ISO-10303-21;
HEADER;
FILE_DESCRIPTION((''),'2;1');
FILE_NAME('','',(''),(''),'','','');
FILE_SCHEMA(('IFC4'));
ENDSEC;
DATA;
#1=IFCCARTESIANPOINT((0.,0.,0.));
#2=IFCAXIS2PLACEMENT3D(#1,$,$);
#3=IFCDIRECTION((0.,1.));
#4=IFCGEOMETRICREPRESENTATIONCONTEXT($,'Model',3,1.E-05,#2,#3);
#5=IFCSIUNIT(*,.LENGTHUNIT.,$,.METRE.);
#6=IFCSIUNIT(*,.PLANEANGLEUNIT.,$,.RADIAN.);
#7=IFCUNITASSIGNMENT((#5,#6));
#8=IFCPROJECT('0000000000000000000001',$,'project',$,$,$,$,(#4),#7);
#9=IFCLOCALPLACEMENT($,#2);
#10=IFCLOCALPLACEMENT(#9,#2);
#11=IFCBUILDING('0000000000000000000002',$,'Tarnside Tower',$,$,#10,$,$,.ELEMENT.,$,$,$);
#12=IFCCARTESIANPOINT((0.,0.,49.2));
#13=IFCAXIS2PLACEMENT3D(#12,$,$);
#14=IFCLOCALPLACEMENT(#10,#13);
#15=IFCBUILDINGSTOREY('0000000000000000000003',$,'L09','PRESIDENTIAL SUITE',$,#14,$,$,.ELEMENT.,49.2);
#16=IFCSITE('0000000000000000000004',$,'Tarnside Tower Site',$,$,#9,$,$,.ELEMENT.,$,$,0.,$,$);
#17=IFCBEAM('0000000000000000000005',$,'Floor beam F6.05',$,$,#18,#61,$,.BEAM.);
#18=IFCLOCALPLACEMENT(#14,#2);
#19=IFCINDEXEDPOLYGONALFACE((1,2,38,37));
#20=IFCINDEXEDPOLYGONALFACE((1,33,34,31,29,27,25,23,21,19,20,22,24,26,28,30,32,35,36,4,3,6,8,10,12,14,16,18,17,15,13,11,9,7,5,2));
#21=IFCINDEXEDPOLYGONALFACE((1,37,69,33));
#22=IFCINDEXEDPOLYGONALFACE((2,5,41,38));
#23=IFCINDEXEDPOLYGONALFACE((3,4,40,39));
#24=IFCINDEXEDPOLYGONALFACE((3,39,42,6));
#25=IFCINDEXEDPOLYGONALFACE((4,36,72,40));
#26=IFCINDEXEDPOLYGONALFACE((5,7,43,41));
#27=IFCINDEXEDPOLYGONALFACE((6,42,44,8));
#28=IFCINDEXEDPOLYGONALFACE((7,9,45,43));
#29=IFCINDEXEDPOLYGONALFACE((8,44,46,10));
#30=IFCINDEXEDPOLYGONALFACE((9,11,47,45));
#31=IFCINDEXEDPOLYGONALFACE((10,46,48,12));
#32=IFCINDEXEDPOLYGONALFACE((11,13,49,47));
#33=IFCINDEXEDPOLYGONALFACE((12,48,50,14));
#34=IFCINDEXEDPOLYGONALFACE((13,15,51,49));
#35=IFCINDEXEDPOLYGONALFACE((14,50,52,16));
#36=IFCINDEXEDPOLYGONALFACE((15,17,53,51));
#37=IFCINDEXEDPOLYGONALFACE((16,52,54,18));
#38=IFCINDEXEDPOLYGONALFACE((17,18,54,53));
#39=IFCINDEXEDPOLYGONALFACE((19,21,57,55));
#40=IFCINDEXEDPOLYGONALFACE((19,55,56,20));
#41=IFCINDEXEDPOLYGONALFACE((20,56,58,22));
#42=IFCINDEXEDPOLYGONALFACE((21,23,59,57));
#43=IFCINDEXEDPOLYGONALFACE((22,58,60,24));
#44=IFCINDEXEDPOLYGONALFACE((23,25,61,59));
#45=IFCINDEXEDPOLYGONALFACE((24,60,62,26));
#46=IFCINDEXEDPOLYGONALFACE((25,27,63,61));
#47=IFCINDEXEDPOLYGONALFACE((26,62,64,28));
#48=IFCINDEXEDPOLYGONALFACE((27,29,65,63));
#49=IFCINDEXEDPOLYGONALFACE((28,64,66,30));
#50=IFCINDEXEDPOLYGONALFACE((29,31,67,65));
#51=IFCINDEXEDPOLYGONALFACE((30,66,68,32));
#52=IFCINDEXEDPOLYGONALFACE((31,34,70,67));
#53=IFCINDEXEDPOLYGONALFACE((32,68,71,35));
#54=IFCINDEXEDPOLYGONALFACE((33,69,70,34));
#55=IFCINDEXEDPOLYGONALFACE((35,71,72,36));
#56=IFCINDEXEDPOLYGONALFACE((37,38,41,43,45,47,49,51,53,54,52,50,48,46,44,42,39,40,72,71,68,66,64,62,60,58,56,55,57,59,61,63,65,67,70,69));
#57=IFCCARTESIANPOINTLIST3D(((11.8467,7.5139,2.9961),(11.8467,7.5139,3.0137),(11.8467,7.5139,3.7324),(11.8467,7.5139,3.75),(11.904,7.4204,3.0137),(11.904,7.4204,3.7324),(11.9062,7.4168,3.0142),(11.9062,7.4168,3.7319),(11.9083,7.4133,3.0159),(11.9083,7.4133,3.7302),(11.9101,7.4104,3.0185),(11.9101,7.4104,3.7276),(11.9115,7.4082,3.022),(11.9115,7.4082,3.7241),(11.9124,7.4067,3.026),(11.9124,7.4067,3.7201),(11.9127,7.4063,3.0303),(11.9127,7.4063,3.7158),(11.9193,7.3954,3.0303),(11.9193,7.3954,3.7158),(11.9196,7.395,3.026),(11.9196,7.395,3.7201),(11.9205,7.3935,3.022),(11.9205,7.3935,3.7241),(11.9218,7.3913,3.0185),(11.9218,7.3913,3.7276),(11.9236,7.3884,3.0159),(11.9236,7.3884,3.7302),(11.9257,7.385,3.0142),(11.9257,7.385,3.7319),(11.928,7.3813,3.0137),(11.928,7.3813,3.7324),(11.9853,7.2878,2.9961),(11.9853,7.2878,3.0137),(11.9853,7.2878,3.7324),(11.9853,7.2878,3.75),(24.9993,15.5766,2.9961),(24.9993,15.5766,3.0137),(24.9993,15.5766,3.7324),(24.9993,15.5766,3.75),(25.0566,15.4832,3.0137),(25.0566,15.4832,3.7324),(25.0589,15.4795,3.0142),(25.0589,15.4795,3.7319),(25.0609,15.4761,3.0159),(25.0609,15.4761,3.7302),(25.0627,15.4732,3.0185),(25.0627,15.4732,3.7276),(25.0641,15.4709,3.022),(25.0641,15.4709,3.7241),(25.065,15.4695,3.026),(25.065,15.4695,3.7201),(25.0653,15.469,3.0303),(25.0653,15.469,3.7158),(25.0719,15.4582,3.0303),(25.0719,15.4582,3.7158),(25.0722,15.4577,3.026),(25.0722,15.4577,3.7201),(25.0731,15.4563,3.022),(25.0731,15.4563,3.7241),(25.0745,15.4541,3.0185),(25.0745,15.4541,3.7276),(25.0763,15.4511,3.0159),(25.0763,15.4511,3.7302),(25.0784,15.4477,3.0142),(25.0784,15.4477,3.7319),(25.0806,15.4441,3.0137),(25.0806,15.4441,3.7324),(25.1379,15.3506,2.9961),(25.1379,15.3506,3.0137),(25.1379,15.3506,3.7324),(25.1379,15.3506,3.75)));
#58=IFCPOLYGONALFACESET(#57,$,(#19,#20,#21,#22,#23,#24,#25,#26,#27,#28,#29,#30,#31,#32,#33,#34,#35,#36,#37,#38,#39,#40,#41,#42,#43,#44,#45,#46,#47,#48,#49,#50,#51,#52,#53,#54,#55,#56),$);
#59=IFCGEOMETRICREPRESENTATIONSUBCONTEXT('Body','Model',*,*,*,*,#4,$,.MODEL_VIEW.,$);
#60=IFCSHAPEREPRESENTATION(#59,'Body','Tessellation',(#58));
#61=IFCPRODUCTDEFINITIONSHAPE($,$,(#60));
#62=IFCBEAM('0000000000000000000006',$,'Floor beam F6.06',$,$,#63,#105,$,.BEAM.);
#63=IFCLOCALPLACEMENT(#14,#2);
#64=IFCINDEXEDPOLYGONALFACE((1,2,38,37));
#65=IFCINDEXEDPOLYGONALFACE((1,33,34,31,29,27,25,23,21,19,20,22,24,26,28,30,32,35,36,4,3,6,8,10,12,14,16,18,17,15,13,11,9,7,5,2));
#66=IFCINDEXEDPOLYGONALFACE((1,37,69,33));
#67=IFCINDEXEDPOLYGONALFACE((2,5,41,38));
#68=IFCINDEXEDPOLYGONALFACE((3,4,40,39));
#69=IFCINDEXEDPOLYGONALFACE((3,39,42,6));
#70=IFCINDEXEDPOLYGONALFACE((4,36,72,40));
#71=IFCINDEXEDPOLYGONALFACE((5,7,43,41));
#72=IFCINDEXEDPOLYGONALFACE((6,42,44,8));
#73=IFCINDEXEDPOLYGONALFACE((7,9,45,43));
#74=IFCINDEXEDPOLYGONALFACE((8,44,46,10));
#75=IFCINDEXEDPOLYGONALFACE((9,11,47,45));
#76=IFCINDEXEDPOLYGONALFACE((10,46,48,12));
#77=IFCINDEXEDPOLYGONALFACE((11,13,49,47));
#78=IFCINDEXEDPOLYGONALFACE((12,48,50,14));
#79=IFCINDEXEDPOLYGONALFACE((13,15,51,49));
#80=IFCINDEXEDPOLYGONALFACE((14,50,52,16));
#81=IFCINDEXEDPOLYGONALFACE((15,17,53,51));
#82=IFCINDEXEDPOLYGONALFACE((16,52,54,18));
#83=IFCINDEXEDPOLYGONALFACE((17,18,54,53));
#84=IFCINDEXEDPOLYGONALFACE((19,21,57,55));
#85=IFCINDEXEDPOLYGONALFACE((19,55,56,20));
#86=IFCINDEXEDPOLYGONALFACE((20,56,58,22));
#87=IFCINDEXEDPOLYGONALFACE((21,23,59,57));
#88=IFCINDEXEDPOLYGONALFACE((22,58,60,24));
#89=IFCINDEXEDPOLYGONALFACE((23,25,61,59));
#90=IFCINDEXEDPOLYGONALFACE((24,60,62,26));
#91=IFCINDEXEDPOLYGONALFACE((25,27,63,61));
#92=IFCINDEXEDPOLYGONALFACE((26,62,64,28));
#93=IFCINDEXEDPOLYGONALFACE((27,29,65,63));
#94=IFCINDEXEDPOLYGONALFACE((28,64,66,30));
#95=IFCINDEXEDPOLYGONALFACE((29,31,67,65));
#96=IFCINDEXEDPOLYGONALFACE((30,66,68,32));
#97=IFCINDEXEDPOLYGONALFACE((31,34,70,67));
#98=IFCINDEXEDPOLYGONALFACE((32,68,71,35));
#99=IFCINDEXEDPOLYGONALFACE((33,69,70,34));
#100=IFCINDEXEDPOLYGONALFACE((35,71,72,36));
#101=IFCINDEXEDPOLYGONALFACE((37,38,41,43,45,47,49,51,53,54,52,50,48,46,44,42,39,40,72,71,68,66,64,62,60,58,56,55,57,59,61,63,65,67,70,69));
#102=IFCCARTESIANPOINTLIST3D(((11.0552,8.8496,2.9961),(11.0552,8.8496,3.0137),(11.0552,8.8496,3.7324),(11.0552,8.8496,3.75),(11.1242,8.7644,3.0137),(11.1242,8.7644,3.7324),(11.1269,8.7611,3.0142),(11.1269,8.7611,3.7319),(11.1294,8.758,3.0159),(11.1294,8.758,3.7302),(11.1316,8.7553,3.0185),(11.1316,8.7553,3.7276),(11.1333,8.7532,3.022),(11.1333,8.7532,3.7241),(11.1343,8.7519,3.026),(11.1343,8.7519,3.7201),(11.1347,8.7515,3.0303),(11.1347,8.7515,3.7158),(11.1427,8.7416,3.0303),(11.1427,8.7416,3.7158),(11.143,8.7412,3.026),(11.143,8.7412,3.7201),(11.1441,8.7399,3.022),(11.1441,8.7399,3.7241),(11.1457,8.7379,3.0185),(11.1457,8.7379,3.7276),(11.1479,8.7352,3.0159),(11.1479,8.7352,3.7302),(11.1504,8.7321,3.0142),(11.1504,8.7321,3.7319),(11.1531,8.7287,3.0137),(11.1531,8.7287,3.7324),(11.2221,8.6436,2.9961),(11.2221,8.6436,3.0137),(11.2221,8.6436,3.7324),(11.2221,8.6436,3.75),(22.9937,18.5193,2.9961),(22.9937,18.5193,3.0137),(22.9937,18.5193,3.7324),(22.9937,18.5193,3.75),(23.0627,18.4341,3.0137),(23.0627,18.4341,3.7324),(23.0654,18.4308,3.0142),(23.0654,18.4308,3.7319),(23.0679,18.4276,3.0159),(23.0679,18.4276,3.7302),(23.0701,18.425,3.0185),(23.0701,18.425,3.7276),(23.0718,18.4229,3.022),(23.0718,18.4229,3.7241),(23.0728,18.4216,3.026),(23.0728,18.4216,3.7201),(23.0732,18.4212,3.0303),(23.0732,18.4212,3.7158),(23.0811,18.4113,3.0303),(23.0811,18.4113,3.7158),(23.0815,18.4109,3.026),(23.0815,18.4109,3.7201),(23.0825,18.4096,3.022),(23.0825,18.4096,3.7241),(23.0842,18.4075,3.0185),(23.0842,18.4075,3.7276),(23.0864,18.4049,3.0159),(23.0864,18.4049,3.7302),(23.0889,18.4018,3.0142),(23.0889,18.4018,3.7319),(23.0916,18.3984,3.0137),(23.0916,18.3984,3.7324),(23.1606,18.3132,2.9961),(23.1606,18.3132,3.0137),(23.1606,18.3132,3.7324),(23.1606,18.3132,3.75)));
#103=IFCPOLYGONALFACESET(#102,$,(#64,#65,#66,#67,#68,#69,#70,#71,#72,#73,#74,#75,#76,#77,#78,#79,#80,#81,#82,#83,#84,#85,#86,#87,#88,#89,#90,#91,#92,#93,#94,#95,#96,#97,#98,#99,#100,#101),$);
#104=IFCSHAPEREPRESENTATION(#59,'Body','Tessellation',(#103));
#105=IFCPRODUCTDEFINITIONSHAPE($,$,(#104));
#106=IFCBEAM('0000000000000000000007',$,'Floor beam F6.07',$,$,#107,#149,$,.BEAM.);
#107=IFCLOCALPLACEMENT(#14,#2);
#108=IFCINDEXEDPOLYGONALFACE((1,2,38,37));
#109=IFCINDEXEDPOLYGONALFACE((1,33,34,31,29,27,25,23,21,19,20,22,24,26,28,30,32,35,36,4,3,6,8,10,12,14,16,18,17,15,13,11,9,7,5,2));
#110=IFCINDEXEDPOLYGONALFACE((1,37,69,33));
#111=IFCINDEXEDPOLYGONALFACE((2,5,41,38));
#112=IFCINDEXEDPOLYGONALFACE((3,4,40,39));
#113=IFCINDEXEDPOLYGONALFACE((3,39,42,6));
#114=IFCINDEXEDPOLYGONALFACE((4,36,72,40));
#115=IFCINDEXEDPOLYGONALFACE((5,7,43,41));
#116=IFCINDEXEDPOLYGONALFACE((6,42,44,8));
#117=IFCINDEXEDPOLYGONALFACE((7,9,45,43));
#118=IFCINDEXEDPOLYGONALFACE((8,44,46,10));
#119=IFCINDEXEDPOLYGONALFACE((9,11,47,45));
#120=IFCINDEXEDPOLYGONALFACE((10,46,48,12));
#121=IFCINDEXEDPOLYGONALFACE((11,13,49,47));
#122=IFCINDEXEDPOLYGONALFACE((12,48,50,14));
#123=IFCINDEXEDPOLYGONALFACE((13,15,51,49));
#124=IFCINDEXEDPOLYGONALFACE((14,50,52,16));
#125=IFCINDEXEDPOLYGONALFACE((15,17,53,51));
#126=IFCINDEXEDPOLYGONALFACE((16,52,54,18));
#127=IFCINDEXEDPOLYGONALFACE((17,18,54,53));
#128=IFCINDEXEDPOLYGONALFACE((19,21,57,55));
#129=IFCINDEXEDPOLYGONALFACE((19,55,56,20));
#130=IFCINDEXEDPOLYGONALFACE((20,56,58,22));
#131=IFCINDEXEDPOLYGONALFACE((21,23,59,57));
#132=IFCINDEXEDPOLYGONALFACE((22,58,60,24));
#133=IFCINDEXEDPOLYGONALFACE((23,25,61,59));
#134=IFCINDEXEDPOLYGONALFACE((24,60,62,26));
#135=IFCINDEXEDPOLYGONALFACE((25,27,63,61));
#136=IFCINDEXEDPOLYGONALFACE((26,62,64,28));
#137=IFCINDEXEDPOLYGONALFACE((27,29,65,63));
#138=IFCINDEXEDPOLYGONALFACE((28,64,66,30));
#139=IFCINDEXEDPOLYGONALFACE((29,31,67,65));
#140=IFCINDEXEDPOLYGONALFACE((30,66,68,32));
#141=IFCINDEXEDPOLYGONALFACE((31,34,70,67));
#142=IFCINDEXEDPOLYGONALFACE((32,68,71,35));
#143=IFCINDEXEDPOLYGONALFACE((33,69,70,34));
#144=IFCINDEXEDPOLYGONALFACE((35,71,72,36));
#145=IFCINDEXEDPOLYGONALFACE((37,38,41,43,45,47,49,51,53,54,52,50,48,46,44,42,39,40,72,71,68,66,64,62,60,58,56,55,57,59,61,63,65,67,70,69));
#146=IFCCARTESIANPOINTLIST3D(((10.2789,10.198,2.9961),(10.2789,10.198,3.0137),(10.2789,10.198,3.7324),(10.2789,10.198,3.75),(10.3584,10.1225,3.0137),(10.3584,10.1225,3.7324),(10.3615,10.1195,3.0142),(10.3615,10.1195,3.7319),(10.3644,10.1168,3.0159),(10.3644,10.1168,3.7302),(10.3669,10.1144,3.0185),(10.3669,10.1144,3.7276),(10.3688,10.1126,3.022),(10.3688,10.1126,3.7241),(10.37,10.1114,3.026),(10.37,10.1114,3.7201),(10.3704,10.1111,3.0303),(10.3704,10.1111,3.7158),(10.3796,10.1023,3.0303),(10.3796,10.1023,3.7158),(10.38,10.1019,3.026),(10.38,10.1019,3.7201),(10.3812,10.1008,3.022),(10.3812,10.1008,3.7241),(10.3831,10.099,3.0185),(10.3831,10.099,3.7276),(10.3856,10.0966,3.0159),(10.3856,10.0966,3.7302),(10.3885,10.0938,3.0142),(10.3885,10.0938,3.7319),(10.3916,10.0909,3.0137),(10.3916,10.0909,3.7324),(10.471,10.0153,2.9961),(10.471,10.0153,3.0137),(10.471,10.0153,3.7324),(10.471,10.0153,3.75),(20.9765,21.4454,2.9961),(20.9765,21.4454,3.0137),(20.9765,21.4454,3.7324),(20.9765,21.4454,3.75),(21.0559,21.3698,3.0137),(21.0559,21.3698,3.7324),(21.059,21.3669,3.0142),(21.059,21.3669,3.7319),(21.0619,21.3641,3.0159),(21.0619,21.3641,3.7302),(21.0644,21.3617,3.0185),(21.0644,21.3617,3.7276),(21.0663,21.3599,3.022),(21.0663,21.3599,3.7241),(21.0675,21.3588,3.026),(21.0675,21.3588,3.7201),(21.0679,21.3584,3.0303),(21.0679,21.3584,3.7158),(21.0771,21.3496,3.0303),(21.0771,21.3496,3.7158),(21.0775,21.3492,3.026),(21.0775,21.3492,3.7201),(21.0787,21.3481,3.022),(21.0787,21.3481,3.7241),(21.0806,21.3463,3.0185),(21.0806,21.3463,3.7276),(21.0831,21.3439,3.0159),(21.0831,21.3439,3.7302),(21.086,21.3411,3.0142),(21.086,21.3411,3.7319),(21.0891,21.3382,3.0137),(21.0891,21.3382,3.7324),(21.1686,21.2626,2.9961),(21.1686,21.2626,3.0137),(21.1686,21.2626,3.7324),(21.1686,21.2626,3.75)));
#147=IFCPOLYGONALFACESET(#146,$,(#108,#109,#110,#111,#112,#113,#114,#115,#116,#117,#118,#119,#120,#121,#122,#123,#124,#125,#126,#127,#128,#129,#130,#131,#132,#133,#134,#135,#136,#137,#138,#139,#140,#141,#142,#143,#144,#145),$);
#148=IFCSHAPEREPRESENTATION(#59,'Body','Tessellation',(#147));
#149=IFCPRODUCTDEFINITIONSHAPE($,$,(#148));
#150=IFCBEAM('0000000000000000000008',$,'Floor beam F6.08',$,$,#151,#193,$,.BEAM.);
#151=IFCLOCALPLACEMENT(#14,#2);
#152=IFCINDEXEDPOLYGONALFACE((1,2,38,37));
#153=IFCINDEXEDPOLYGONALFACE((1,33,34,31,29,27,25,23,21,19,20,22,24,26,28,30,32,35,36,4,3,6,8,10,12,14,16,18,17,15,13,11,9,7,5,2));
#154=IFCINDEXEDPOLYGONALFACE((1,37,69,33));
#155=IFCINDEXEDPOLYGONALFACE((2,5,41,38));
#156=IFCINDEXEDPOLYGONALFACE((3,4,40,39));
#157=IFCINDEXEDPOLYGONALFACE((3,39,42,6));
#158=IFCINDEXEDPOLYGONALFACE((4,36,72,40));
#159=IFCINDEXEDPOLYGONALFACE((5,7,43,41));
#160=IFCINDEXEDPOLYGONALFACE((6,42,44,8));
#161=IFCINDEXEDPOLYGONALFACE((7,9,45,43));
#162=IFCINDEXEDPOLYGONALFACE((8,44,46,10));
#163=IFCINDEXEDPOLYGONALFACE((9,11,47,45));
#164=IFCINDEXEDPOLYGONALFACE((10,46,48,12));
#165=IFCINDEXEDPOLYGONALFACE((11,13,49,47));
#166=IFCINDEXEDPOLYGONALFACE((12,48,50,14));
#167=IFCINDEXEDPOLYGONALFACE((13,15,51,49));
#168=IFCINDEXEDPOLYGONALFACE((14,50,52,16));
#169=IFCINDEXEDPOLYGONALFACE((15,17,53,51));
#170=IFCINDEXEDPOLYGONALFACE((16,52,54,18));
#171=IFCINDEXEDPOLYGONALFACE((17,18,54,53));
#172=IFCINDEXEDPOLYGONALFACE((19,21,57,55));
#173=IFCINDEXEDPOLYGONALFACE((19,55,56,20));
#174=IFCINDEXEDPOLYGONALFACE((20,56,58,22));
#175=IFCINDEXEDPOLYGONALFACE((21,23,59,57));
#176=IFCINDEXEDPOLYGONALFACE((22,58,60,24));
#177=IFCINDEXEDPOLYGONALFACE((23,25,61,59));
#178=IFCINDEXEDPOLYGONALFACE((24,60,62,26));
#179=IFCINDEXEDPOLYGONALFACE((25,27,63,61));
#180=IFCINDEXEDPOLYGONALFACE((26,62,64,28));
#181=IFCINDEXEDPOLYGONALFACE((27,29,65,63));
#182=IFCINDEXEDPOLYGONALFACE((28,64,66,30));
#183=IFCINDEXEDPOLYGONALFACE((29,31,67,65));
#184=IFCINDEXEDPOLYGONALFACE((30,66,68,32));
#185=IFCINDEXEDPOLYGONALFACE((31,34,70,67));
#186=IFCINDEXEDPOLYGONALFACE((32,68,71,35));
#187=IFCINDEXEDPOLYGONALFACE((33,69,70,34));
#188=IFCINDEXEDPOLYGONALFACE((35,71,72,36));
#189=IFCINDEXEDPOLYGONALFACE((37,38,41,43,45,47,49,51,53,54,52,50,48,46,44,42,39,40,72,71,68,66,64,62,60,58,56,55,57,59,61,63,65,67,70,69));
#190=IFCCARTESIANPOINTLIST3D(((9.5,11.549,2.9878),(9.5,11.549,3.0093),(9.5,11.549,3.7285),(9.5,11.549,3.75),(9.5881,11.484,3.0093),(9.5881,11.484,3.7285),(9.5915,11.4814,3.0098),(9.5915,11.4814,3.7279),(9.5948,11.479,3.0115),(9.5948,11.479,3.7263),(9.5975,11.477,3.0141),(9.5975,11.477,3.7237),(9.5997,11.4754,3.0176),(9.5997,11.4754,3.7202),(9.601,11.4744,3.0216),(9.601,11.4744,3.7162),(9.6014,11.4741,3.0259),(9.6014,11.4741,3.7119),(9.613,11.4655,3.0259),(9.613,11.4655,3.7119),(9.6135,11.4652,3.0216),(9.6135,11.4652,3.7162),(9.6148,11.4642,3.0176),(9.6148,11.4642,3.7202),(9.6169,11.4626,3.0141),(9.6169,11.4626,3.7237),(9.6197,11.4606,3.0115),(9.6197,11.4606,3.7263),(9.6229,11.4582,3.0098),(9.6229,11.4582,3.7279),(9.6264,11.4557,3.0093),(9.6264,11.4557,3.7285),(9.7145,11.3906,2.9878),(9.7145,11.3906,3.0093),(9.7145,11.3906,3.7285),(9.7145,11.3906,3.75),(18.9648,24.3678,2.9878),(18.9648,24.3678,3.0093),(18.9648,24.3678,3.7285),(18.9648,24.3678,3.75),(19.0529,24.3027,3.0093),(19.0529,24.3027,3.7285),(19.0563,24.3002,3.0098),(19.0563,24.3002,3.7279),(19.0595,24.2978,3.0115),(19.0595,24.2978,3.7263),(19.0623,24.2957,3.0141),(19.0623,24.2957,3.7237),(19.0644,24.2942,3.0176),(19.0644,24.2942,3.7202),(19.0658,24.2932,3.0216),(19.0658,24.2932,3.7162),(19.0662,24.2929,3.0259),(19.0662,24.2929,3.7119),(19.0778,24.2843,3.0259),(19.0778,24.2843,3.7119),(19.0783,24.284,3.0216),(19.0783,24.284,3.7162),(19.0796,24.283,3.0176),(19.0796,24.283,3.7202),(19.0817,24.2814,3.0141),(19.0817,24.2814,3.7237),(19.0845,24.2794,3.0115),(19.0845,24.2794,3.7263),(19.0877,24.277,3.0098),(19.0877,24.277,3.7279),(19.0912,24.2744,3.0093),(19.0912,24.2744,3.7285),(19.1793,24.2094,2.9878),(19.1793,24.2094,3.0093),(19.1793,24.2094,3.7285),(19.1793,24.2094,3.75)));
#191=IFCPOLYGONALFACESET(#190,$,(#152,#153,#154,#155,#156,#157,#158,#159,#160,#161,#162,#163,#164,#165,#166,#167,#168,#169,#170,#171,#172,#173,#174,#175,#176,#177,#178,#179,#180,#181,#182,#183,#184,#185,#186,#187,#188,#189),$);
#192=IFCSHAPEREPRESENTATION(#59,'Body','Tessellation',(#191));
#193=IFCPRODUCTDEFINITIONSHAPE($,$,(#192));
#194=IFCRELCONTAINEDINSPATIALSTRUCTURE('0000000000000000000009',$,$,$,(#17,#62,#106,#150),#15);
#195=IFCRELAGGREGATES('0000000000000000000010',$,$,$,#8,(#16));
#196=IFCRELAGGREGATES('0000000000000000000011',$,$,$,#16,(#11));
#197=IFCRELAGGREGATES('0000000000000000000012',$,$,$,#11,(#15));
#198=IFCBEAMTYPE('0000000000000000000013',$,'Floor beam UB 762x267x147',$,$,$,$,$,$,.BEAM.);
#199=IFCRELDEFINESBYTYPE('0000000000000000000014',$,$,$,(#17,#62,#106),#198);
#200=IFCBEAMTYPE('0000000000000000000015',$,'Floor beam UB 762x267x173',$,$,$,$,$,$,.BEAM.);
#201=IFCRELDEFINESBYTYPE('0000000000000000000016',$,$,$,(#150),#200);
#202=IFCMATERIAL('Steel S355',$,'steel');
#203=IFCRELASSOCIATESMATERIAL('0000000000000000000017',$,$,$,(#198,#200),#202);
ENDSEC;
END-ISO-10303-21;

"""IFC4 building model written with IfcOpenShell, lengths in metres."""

from ifc_helpers import new_model, si_unit, direction, frame, origin, origin_2d, place, context, subcontext, project, spatial, i_section, extrude, material, material_profile, profile_set, type_object, element, save


model = new_model("IFC4")

# Units and contexts
model_context = context("Model", 3, precision=1e-05, world=origin(), true_north=direction((0.0, 1.0)))
body_context = subcontext(model_context, "Body", "Model", "MODEL_VIEW")
ifc_project = project(units=[si_unit("LENGTHUNIT", "METRE"), si_unit("PLANEANGLEUNIT", "RADIAN")], contexts=[model_context])

# Site, building, storey
site_placement = place(None, origin())
site = spatial("IfcSite", under=ifc_project, at=site_placement, Name="Tarnside Tower Site", CompositionType="ELEMENT", RefElevation=0.0)
building_placement = place(site_placement, origin())
building = spatial("IfcBuilding", under=site, at=building_placement, Name="Tarnside Tower", CompositionType="ELEMENT")
storey_placement = place(building_placement, frame((0.0, 0.0, 49.2)))
storey = spatial("IfcBuildingStorey", under=building, at=storey_placement, Name="L09", Description="PRESIDENTIAL SUITE", CompositionType="ELEMENT", Elevation=49.2)

# Beams
ifc_material_1 = material(Name="Steel S355", Category="steel")
ifc_material_profile_1 = material_profile(ifc_material_1, i_section(OverallWidth=0.2651, OverallDepth=0.7539, WebThickness=0.0127, FlangeThickness=0.0176, FilletRadius=0.0166, at=origin_2d()), Name="UB 762x267x147")
ifc_profile_set_1 = profile_set([ifc_material_profile_1], Name="Steel S355")
beam_type_1 = type_object("IfcBeamType", Name="Floor beam UB 762x267x147", PredefinedType="BEAM", material=ifc_profile_set_1)
beam_1_placement = place(storey_placement, frame((25.0686, 15.4636, 3.373), z_axis=(-0.852558, -0.522632, 0.0), x_axis=(0.522632, -0.852558, 0.0)))
element("IfcBeam", 1, at=beam_1_placement, inside=storey, type_object=beam_type_1, Name="Floor beam F6.05", PredefinedType="BEAM", context=body_context, shape_type="SweptSolid", body=[
    extrude(i_section(OverallWidth=0.2651, OverallDepth=0.7539, WebThickness=0.0127, FlangeThickness=0.0176, FilletRadius=0.0166, at=origin_2d()), origin(), (0.0, 0.0, 1.0), 15.4272),
])
beam_2_placement = place(storey_placement, frame((23.0771, 18.4163, 3.373), z_axis=(-0.777079, -0.629403, 0.0), x_axis=(0.629403, -0.777079, 0.0)))
element("IfcBeam", 2, at=beam_2_placement, inside=storey, type_object=beam_type_1, Name="Floor beam F6.06", PredefinedType="BEAM", context=body_context, shape_type="SweptSolid", body=[
    extrude(i_section(OverallWidth=0.2651, OverallDepth=0.7539, WebThickness=0.0127, FlangeThickness=0.0176, FilletRadius=0.0166, at=origin_2d()), origin(), (0.0, 0.0, 1.0), 15.3633),
])
beam_3_placement = place(storey_placement, frame((21.0725, 21.354, 3.373), z_axis=(-0.689175, -0.724595, 0.0), x_axis=(0.724595, -0.689175, 0.0)))
element("IfcBeam", 3, at=beam_3_placement, inside=storey, type_object=beam_type_1, Name="Floor beam F6.07", PredefinedType="BEAM", context=body_context, shape_type="SweptSolid", body=[
    extrude(i_section(OverallWidth=0.2651, OverallDepth=0.7539, WebThickness=0.0127, FlangeThickness=0.0176, FilletRadius=0.0166, at=origin_2d()), origin(), (0.0, 0.0, 1.0), 15.5222),
])
ifc_material_profile_2 = material_profile(ifc_material_1, i_section(OverallWidth=0.2666, OverallDepth=0.7622, WebThickness=0.0144, FlangeThickness=0.0215, FilletRadius=0.0166, at=origin_2d()), Name="UB 762x267x173")
ifc_profile_set_2 = profile_set([ifc_material_profile_2], Name="Steel S355")
beam_type_2 = type_object("IfcBeamType", Name="Floor beam UB 762x267x173", PredefinedType="BEAM", material=ifc_profile_set_2)
beam_4_placement = place(storey_placement, frame((19.072, 24.2886, 3.3689), z_axis=(-0.593987, -0.804475, 0.0), x_axis=(0.804475, -0.593987, 0.0)))
element("IfcBeam", 4, at=beam_4_placement, inside=storey, type_object=beam_type_2, Name="Floor beam F6.08", PredefinedType="BEAM", context=body_context, shape_type="SweptSolid", body=[
    extrude(i_section(OverallWidth=0.2666, OverallDepth=0.7622, WebThickness=0.0144, FlangeThickness=0.0215, FilletRadius=0.0166, at=origin_2d()), origin(), (0.0, 0.0, 1.0), 15.9343),
])

save(model, "model.ifc")
